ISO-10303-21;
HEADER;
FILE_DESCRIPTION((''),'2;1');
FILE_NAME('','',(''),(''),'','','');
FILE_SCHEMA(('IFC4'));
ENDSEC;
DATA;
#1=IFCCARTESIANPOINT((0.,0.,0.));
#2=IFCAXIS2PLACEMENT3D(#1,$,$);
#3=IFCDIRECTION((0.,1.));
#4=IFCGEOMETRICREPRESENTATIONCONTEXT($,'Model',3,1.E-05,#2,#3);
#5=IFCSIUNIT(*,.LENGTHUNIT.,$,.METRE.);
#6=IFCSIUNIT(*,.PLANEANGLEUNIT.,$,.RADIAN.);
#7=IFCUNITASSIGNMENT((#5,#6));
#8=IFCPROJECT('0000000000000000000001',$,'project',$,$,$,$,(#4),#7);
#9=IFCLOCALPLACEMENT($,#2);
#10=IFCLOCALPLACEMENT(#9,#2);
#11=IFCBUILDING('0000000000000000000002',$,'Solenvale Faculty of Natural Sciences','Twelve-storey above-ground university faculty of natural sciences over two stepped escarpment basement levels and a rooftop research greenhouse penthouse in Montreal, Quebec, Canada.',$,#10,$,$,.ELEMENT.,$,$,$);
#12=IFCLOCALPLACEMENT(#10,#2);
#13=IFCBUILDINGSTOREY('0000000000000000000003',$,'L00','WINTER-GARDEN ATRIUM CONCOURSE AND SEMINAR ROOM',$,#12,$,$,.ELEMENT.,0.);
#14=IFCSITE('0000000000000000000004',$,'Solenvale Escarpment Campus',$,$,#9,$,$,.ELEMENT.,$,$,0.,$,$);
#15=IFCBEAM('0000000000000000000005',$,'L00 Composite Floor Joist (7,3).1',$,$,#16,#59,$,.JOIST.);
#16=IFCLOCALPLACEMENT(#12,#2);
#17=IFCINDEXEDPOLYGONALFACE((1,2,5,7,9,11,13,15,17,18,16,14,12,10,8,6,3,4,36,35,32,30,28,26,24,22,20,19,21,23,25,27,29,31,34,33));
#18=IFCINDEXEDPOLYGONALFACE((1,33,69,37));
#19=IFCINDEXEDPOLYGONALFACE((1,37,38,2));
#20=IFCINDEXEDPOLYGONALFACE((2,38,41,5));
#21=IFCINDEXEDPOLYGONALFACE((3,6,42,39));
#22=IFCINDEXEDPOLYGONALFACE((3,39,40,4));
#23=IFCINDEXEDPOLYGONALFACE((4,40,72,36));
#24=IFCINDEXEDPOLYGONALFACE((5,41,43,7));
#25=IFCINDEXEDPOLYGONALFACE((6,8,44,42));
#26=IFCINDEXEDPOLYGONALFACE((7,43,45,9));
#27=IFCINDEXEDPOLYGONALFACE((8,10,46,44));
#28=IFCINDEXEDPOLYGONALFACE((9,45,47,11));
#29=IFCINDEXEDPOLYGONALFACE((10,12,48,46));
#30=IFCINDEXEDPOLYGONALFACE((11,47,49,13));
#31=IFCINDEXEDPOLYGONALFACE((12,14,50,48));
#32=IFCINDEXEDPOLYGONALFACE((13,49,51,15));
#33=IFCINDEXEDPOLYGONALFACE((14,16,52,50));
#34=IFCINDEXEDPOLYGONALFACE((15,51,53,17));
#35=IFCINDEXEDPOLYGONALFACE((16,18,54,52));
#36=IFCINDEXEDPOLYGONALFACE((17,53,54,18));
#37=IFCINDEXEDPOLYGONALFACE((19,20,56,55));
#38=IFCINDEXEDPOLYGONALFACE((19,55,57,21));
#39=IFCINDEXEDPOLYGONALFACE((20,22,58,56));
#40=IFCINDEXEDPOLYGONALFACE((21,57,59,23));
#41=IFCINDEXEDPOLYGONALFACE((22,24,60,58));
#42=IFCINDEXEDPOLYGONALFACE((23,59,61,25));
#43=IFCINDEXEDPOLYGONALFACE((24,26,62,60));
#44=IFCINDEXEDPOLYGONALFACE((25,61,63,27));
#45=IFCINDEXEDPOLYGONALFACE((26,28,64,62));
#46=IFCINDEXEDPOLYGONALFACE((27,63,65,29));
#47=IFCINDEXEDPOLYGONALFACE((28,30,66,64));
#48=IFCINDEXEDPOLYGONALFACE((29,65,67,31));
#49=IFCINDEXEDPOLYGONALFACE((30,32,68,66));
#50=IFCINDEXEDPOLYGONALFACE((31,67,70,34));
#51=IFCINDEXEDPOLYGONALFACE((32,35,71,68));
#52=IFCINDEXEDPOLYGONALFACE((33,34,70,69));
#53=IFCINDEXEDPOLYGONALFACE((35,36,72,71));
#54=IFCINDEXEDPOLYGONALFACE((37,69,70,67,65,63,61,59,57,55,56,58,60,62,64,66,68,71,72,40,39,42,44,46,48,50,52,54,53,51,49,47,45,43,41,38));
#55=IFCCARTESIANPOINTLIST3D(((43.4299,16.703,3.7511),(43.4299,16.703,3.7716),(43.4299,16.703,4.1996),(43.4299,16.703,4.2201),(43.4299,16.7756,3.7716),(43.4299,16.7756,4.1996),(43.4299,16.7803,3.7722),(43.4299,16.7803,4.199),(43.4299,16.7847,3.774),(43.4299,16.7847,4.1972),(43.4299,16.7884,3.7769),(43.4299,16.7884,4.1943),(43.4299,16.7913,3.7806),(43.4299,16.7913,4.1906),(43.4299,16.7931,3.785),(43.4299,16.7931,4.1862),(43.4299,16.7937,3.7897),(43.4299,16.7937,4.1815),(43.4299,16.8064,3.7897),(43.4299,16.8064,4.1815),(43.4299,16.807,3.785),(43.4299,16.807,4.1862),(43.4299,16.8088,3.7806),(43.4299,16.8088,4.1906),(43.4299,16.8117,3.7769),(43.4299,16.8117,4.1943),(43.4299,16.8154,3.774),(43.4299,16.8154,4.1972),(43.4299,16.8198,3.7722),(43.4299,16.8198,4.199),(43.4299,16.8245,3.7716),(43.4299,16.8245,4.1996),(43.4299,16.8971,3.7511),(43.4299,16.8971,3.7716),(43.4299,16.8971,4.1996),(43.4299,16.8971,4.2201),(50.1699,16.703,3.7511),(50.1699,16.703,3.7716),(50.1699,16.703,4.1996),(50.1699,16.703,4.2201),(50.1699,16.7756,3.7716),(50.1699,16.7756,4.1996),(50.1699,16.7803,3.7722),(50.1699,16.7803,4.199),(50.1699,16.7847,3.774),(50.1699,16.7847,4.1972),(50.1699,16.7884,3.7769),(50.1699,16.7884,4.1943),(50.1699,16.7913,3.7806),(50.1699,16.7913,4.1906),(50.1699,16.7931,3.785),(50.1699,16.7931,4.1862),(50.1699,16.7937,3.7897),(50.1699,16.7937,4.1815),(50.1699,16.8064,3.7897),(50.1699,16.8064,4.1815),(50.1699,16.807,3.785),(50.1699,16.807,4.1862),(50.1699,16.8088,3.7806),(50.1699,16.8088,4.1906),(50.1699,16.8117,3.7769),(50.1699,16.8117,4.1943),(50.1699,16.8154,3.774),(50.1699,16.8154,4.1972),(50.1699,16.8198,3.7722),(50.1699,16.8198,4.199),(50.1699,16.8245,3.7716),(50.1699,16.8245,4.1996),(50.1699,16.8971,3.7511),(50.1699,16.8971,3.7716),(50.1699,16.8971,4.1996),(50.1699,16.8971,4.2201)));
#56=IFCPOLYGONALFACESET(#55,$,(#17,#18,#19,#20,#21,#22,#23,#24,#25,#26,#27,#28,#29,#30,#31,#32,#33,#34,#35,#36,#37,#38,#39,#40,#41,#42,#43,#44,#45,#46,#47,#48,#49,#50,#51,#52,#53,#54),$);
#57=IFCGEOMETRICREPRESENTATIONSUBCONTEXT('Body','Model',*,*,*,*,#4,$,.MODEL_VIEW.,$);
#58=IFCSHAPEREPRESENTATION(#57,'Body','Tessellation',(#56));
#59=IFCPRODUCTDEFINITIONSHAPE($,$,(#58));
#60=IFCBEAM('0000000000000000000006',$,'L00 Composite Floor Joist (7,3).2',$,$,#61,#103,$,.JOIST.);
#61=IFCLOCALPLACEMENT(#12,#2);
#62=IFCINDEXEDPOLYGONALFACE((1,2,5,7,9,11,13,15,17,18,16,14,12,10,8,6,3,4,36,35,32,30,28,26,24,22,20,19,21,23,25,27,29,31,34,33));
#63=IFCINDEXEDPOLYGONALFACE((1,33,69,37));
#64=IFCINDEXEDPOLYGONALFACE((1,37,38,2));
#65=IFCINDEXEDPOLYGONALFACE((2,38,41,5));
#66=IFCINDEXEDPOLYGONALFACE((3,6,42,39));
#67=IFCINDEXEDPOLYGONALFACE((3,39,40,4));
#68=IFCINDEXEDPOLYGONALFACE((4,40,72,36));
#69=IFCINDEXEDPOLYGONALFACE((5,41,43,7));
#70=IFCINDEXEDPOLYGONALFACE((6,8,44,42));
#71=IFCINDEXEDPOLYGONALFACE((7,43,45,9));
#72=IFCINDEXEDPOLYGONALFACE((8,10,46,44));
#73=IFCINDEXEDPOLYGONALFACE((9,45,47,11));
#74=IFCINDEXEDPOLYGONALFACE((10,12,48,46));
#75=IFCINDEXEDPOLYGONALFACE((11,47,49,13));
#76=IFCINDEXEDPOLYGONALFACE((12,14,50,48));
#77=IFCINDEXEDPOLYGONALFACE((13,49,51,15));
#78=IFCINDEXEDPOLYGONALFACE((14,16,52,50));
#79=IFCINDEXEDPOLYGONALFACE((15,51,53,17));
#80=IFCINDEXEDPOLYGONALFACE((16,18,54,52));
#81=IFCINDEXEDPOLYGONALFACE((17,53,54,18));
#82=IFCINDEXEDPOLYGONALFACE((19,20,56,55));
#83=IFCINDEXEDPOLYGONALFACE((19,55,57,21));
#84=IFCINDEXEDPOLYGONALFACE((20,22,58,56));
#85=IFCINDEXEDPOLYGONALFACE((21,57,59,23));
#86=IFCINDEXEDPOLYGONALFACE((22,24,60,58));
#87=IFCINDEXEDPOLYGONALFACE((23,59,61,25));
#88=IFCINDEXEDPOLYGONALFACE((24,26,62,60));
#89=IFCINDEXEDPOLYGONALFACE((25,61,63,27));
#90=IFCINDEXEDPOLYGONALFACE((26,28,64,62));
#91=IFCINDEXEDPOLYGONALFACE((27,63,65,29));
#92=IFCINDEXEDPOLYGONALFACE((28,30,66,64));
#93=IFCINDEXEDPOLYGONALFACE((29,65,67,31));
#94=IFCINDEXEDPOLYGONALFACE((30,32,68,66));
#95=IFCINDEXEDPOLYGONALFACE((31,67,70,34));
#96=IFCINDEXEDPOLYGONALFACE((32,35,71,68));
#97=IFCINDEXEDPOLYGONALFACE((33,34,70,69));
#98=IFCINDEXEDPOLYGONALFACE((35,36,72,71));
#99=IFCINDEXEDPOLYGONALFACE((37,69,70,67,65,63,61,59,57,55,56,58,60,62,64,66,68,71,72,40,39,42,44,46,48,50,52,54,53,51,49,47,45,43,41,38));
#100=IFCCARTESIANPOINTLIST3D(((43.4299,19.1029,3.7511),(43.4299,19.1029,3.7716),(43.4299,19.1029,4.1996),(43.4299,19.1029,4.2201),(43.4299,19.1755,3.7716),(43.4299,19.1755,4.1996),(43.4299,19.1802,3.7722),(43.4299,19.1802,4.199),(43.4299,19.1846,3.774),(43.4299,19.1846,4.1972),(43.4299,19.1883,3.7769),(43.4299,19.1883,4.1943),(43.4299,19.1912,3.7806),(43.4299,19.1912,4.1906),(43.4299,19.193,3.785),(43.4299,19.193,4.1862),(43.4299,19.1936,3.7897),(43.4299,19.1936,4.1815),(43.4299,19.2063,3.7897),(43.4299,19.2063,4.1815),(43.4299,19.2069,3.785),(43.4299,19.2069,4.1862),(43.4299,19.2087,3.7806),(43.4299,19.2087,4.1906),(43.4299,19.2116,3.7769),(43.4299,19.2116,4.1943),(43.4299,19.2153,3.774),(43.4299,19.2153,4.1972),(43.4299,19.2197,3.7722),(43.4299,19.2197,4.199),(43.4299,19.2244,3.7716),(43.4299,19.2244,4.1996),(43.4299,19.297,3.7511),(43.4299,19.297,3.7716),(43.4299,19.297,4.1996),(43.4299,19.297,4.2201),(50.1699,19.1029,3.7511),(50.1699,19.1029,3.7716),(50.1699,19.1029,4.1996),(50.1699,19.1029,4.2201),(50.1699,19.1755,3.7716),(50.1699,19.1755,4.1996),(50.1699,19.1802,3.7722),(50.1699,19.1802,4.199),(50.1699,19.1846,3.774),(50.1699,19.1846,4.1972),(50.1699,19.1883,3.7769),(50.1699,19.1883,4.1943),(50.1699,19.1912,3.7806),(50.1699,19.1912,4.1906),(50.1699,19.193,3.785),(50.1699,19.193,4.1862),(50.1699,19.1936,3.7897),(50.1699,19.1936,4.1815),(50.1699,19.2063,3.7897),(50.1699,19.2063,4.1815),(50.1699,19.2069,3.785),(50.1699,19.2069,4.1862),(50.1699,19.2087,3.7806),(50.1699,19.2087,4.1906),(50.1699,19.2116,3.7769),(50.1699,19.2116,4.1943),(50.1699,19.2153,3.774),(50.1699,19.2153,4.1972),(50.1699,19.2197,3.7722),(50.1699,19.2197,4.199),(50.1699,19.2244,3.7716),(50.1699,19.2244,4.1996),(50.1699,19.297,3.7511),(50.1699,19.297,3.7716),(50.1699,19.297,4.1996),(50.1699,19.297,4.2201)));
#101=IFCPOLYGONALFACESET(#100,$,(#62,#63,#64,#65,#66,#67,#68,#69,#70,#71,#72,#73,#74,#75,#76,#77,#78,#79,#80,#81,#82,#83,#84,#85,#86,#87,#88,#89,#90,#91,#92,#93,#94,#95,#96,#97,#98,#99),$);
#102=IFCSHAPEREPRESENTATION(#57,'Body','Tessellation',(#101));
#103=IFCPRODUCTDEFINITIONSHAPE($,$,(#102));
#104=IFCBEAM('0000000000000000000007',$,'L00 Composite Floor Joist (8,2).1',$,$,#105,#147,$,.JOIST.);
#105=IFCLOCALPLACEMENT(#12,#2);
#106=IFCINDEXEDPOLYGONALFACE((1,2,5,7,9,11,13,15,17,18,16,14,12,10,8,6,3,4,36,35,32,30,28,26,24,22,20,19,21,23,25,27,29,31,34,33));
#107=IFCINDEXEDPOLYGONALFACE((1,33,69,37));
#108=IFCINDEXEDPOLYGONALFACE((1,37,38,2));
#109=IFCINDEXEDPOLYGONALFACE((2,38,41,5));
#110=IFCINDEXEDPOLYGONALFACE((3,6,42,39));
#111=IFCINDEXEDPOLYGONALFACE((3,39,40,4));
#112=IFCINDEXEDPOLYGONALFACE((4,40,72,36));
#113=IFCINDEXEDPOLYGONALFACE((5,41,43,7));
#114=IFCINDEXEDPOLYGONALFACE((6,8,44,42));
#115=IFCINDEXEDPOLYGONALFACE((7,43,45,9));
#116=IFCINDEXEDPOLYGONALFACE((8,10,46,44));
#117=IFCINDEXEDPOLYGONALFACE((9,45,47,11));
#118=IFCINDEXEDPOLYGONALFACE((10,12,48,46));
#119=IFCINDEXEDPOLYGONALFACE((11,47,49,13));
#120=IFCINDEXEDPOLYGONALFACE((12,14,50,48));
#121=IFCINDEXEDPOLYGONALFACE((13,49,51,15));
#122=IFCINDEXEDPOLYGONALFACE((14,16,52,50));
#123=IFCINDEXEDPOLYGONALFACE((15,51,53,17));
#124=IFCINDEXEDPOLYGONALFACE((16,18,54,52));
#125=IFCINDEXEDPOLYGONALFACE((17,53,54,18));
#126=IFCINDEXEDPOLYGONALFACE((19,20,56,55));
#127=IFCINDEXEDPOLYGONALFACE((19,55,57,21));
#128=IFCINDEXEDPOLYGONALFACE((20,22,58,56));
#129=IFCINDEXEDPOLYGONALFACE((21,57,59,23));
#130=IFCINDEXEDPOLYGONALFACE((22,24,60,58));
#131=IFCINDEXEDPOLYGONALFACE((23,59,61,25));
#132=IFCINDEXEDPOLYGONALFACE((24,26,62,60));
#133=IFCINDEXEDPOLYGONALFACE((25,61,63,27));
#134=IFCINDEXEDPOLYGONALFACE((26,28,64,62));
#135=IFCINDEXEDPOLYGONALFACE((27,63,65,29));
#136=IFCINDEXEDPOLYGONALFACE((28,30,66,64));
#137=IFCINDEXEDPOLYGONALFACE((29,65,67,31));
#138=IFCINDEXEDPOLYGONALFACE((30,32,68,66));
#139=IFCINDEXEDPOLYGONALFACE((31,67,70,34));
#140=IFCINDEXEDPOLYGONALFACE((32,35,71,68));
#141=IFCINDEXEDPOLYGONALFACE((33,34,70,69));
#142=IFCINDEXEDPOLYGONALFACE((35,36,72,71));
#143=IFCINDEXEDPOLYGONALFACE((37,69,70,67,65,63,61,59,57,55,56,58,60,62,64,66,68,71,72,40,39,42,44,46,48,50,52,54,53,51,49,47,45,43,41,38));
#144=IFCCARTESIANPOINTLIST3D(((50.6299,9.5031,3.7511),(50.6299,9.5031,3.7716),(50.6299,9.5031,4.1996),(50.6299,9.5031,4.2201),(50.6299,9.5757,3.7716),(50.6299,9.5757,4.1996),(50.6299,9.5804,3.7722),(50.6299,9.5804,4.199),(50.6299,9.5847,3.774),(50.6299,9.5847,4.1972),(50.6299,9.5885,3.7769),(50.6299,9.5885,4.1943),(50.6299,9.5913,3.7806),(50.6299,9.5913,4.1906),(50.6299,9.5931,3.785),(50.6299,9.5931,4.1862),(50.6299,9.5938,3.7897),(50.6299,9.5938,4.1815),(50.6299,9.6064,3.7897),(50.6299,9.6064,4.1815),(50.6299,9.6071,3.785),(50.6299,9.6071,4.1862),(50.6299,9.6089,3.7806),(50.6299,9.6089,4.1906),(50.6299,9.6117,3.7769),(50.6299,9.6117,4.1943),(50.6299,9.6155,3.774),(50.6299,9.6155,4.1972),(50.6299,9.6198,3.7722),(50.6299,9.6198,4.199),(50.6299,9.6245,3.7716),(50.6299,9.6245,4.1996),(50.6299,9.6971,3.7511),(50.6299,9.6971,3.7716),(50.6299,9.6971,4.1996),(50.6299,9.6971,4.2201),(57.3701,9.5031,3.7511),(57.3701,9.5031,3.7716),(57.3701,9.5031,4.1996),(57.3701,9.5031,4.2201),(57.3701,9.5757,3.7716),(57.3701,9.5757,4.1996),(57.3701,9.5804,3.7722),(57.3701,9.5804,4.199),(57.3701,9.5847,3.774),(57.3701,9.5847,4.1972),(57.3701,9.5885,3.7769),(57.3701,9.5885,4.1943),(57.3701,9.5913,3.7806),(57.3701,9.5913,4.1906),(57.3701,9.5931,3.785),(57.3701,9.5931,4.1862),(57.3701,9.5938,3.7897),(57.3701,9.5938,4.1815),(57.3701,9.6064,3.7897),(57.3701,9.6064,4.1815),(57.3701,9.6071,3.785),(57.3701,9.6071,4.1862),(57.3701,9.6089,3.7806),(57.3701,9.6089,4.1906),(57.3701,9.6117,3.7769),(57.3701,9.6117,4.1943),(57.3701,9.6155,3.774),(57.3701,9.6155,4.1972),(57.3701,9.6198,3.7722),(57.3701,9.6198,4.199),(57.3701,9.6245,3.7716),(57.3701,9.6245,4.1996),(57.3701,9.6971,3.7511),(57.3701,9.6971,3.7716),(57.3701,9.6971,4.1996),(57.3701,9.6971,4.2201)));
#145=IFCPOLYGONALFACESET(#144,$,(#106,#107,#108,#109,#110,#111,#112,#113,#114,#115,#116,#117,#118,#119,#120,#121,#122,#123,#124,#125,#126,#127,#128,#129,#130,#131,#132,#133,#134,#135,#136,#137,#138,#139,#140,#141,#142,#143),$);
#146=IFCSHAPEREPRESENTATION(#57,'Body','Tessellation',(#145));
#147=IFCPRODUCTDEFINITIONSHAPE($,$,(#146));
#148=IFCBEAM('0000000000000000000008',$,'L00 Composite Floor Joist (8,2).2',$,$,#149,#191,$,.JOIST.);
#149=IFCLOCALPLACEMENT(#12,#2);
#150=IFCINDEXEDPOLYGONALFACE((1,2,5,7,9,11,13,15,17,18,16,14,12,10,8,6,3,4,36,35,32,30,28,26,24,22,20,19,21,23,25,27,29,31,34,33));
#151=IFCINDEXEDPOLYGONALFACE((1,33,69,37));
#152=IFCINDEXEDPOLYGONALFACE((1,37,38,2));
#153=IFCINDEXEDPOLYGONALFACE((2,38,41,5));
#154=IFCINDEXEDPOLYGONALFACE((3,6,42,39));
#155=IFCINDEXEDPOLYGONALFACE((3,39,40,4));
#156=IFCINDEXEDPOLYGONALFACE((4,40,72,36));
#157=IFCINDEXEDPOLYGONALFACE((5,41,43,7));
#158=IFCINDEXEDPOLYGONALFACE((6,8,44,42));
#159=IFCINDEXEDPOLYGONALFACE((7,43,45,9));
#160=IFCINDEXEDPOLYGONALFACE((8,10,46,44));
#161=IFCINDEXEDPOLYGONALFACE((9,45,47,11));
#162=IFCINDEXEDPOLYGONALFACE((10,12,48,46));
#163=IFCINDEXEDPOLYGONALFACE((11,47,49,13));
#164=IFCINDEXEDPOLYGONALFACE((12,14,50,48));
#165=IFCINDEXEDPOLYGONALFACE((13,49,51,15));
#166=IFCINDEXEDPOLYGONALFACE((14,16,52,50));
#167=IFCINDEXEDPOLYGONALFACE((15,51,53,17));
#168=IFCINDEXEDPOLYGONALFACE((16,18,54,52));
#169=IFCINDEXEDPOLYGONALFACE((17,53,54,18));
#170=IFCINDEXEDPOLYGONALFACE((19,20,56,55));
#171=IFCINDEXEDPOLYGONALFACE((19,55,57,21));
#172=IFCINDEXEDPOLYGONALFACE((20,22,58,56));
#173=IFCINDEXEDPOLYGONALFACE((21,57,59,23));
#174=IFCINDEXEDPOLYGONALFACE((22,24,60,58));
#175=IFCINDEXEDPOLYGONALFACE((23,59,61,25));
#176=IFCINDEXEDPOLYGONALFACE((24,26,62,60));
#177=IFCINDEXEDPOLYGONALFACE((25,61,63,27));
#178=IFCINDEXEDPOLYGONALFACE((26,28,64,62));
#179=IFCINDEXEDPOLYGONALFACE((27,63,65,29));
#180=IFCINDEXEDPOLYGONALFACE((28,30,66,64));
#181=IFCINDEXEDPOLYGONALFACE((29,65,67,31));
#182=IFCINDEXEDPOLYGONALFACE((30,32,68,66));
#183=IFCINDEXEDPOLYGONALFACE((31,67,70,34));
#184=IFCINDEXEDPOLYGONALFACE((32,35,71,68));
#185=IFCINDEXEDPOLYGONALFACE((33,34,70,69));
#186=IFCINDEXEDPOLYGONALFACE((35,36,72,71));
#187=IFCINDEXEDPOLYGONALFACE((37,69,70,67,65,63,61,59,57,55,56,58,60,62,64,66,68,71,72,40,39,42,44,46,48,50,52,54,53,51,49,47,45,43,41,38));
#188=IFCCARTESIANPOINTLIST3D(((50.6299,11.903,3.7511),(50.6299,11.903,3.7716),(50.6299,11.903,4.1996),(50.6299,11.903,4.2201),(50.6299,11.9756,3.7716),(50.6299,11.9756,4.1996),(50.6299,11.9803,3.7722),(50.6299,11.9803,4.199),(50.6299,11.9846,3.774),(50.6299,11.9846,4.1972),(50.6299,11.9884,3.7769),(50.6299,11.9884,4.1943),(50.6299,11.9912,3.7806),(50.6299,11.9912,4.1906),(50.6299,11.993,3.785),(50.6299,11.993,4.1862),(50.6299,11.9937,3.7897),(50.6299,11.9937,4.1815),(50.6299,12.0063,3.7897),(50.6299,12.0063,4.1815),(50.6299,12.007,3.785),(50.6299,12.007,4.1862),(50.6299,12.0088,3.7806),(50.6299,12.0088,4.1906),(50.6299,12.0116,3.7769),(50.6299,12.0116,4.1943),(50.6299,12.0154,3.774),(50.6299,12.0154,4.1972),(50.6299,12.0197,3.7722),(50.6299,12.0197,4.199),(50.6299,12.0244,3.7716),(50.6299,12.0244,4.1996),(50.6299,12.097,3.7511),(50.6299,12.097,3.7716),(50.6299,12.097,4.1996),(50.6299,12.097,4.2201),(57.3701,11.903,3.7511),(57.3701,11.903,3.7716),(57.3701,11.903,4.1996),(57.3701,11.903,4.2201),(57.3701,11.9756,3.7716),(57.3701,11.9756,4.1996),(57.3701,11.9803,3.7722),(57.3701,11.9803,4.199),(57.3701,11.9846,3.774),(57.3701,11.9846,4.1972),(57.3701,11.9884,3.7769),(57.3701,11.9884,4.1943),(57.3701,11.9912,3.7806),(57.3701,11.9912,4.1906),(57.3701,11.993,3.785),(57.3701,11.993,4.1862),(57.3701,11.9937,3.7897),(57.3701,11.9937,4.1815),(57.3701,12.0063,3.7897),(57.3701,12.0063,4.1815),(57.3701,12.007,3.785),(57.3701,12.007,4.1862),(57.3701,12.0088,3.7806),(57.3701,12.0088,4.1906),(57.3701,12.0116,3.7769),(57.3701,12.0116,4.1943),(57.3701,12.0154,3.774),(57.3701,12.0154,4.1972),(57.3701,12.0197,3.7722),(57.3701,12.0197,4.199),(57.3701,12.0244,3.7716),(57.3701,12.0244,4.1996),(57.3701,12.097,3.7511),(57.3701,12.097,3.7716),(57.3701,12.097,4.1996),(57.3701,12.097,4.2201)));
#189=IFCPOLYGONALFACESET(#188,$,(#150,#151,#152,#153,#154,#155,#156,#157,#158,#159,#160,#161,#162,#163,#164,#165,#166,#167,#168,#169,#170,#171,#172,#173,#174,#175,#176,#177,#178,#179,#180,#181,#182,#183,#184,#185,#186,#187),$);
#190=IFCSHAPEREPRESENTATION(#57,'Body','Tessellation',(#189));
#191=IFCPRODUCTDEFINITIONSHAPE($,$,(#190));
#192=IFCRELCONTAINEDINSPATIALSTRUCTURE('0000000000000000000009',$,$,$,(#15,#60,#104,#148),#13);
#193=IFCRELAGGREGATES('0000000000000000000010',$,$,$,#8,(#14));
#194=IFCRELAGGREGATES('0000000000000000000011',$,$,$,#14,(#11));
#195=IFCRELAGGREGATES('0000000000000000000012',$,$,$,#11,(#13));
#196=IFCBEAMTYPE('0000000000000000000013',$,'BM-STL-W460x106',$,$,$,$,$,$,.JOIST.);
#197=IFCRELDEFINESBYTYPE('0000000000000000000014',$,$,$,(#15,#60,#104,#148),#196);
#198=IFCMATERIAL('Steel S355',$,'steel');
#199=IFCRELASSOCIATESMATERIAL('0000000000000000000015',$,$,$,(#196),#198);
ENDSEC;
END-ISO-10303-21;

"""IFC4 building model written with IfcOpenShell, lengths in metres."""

from ifc_helpers import new_model, si_unit, direction, frame, origin, origin_2d, place, context, subcontext, project, spatial, i_section, extrude, material, material_profile, profile_set, type_object, element, save


model = new_model("IFC4")

# Units and contexts
model_context = context("Model", 3, precision=1e-05, world=origin(), true_north=direction((0.0, 1.0)))
body_context = subcontext(model_context, "Body", "Model", "MODEL_VIEW")
ifc_project = project(units=[si_unit("LENGTHUNIT", "METRE"), si_unit("PLANEANGLEUNIT", "RADIAN")], contexts=[model_context])

# Site, building, storey
site_placement = place(None, origin())
site = spatial("IfcSite", under=ifc_project, at=site_placement, Name="Solenvale Escarpment Campus", CompositionType="ELEMENT", RefElevation=0.0)
building_placement = place(site_placement, origin())
building = spatial("IfcBuilding", under=site, at=building_placement, Name="Solenvale Faculty of Natural Sciences", Description="Twelve-storey above-ground university faculty of natural sciences over two stepped escarpment basement levels and a rooftop research greenhouse penthouse in Montreal, Quebec, Canada.", CompositionType="ELEMENT")
storey_placement = place(building_placement, origin())
storey = spatial("IfcBuildingStorey", under=building, at=storey_placement, Name="L00", Description="WINTER-GARDEN ATRIUM CONCOURSE AND SEMINAR ROOM", CompositionType="ELEMENT", Elevation=0.0)

# Beams
ifc_material_1 = material(Name="Steel S355", Category="steel")
ifc_material_profile_1 = material_profile(ifc_material_1, i_section(OverallWidth=0.1941, OverallDepth=0.469, WebThickness=0.0127, FlangeThickness=0.0205, FilletRadius=0.0181, at=origin_2d()), Name="W460x106")
ifc_profile_set_1 = profile_set([ifc_material_profile_1], Name="Steel S355")
beam_type_1 = type_object("IfcBeamType", Name="BM-STL-W460x106", PredefinedType="JOIST", material=ifc_profile_set_1)
for number, where, z_axis, x_axis, name in (
    (1, (43.4299, 16.8, 3.9856), (1.0, 0.0, 0.0), (0.0, 1.0, 0.0), "L00 Composite Floor Joist (7,3).1"),
    (2, (43.4299, 19.2, 3.9856), (1.0, 0.0, 0.0), (0.0, 1.0, 0.0), "L00 Composite Floor Joist (7,3).2"),
):
    element("IfcBeam", number, at=place(storey_placement, frame(where, z_axis=z_axis, x_axis=x_axis)), inside=storey, type_object=beam_type_1, Name=name, PredefinedType="JOIST", context=body_context, shape_type="SweptSolid", body=[
        extrude(i_section(OverallWidth=0.1941, OverallDepth=0.469, WebThickness=0.0127, FlangeThickness=0.0205, FilletRadius=0.0181, at=origin_2d()), origin(), (0.0, 0.0, 1.0), 6.74),
    ])
for number, where, z_axis, x_axis, name in (
    (3, (50.6299, 9.6001, 3.9856), (1.0, 0.0, 0.0), (0.0, 1.0, 0.0), "L00 Composite Floor Joist (8,2).1"),
    (4, (50.6299, 12.0, 3.9856), (1.0, 0.0, 0.0), (0.0, 1.0, 0.0), "L00 Composite Floor Joist (8,2).2"),
):
    element("IfcBeam", number, at=place(storey_placement, frame(where, z_axis=z_axis, x_axis=x_axis)), inside=storey, type_object=beam_type_1, Name=name, PredefinedType="JOIST", context=body_context, shape_type="SweptSolid", body=[
        extrude(i_section(OverallWidth=0.1941, OverallDepth=0.469, WebThickness=0.0127, FlangeThickness=0.0205, FilletRadius=0.0181, at=origin_2d()), origin(), (0.0, 0.0, 1.0), 6.7402),
    ])

save(model, "model.ifc")
